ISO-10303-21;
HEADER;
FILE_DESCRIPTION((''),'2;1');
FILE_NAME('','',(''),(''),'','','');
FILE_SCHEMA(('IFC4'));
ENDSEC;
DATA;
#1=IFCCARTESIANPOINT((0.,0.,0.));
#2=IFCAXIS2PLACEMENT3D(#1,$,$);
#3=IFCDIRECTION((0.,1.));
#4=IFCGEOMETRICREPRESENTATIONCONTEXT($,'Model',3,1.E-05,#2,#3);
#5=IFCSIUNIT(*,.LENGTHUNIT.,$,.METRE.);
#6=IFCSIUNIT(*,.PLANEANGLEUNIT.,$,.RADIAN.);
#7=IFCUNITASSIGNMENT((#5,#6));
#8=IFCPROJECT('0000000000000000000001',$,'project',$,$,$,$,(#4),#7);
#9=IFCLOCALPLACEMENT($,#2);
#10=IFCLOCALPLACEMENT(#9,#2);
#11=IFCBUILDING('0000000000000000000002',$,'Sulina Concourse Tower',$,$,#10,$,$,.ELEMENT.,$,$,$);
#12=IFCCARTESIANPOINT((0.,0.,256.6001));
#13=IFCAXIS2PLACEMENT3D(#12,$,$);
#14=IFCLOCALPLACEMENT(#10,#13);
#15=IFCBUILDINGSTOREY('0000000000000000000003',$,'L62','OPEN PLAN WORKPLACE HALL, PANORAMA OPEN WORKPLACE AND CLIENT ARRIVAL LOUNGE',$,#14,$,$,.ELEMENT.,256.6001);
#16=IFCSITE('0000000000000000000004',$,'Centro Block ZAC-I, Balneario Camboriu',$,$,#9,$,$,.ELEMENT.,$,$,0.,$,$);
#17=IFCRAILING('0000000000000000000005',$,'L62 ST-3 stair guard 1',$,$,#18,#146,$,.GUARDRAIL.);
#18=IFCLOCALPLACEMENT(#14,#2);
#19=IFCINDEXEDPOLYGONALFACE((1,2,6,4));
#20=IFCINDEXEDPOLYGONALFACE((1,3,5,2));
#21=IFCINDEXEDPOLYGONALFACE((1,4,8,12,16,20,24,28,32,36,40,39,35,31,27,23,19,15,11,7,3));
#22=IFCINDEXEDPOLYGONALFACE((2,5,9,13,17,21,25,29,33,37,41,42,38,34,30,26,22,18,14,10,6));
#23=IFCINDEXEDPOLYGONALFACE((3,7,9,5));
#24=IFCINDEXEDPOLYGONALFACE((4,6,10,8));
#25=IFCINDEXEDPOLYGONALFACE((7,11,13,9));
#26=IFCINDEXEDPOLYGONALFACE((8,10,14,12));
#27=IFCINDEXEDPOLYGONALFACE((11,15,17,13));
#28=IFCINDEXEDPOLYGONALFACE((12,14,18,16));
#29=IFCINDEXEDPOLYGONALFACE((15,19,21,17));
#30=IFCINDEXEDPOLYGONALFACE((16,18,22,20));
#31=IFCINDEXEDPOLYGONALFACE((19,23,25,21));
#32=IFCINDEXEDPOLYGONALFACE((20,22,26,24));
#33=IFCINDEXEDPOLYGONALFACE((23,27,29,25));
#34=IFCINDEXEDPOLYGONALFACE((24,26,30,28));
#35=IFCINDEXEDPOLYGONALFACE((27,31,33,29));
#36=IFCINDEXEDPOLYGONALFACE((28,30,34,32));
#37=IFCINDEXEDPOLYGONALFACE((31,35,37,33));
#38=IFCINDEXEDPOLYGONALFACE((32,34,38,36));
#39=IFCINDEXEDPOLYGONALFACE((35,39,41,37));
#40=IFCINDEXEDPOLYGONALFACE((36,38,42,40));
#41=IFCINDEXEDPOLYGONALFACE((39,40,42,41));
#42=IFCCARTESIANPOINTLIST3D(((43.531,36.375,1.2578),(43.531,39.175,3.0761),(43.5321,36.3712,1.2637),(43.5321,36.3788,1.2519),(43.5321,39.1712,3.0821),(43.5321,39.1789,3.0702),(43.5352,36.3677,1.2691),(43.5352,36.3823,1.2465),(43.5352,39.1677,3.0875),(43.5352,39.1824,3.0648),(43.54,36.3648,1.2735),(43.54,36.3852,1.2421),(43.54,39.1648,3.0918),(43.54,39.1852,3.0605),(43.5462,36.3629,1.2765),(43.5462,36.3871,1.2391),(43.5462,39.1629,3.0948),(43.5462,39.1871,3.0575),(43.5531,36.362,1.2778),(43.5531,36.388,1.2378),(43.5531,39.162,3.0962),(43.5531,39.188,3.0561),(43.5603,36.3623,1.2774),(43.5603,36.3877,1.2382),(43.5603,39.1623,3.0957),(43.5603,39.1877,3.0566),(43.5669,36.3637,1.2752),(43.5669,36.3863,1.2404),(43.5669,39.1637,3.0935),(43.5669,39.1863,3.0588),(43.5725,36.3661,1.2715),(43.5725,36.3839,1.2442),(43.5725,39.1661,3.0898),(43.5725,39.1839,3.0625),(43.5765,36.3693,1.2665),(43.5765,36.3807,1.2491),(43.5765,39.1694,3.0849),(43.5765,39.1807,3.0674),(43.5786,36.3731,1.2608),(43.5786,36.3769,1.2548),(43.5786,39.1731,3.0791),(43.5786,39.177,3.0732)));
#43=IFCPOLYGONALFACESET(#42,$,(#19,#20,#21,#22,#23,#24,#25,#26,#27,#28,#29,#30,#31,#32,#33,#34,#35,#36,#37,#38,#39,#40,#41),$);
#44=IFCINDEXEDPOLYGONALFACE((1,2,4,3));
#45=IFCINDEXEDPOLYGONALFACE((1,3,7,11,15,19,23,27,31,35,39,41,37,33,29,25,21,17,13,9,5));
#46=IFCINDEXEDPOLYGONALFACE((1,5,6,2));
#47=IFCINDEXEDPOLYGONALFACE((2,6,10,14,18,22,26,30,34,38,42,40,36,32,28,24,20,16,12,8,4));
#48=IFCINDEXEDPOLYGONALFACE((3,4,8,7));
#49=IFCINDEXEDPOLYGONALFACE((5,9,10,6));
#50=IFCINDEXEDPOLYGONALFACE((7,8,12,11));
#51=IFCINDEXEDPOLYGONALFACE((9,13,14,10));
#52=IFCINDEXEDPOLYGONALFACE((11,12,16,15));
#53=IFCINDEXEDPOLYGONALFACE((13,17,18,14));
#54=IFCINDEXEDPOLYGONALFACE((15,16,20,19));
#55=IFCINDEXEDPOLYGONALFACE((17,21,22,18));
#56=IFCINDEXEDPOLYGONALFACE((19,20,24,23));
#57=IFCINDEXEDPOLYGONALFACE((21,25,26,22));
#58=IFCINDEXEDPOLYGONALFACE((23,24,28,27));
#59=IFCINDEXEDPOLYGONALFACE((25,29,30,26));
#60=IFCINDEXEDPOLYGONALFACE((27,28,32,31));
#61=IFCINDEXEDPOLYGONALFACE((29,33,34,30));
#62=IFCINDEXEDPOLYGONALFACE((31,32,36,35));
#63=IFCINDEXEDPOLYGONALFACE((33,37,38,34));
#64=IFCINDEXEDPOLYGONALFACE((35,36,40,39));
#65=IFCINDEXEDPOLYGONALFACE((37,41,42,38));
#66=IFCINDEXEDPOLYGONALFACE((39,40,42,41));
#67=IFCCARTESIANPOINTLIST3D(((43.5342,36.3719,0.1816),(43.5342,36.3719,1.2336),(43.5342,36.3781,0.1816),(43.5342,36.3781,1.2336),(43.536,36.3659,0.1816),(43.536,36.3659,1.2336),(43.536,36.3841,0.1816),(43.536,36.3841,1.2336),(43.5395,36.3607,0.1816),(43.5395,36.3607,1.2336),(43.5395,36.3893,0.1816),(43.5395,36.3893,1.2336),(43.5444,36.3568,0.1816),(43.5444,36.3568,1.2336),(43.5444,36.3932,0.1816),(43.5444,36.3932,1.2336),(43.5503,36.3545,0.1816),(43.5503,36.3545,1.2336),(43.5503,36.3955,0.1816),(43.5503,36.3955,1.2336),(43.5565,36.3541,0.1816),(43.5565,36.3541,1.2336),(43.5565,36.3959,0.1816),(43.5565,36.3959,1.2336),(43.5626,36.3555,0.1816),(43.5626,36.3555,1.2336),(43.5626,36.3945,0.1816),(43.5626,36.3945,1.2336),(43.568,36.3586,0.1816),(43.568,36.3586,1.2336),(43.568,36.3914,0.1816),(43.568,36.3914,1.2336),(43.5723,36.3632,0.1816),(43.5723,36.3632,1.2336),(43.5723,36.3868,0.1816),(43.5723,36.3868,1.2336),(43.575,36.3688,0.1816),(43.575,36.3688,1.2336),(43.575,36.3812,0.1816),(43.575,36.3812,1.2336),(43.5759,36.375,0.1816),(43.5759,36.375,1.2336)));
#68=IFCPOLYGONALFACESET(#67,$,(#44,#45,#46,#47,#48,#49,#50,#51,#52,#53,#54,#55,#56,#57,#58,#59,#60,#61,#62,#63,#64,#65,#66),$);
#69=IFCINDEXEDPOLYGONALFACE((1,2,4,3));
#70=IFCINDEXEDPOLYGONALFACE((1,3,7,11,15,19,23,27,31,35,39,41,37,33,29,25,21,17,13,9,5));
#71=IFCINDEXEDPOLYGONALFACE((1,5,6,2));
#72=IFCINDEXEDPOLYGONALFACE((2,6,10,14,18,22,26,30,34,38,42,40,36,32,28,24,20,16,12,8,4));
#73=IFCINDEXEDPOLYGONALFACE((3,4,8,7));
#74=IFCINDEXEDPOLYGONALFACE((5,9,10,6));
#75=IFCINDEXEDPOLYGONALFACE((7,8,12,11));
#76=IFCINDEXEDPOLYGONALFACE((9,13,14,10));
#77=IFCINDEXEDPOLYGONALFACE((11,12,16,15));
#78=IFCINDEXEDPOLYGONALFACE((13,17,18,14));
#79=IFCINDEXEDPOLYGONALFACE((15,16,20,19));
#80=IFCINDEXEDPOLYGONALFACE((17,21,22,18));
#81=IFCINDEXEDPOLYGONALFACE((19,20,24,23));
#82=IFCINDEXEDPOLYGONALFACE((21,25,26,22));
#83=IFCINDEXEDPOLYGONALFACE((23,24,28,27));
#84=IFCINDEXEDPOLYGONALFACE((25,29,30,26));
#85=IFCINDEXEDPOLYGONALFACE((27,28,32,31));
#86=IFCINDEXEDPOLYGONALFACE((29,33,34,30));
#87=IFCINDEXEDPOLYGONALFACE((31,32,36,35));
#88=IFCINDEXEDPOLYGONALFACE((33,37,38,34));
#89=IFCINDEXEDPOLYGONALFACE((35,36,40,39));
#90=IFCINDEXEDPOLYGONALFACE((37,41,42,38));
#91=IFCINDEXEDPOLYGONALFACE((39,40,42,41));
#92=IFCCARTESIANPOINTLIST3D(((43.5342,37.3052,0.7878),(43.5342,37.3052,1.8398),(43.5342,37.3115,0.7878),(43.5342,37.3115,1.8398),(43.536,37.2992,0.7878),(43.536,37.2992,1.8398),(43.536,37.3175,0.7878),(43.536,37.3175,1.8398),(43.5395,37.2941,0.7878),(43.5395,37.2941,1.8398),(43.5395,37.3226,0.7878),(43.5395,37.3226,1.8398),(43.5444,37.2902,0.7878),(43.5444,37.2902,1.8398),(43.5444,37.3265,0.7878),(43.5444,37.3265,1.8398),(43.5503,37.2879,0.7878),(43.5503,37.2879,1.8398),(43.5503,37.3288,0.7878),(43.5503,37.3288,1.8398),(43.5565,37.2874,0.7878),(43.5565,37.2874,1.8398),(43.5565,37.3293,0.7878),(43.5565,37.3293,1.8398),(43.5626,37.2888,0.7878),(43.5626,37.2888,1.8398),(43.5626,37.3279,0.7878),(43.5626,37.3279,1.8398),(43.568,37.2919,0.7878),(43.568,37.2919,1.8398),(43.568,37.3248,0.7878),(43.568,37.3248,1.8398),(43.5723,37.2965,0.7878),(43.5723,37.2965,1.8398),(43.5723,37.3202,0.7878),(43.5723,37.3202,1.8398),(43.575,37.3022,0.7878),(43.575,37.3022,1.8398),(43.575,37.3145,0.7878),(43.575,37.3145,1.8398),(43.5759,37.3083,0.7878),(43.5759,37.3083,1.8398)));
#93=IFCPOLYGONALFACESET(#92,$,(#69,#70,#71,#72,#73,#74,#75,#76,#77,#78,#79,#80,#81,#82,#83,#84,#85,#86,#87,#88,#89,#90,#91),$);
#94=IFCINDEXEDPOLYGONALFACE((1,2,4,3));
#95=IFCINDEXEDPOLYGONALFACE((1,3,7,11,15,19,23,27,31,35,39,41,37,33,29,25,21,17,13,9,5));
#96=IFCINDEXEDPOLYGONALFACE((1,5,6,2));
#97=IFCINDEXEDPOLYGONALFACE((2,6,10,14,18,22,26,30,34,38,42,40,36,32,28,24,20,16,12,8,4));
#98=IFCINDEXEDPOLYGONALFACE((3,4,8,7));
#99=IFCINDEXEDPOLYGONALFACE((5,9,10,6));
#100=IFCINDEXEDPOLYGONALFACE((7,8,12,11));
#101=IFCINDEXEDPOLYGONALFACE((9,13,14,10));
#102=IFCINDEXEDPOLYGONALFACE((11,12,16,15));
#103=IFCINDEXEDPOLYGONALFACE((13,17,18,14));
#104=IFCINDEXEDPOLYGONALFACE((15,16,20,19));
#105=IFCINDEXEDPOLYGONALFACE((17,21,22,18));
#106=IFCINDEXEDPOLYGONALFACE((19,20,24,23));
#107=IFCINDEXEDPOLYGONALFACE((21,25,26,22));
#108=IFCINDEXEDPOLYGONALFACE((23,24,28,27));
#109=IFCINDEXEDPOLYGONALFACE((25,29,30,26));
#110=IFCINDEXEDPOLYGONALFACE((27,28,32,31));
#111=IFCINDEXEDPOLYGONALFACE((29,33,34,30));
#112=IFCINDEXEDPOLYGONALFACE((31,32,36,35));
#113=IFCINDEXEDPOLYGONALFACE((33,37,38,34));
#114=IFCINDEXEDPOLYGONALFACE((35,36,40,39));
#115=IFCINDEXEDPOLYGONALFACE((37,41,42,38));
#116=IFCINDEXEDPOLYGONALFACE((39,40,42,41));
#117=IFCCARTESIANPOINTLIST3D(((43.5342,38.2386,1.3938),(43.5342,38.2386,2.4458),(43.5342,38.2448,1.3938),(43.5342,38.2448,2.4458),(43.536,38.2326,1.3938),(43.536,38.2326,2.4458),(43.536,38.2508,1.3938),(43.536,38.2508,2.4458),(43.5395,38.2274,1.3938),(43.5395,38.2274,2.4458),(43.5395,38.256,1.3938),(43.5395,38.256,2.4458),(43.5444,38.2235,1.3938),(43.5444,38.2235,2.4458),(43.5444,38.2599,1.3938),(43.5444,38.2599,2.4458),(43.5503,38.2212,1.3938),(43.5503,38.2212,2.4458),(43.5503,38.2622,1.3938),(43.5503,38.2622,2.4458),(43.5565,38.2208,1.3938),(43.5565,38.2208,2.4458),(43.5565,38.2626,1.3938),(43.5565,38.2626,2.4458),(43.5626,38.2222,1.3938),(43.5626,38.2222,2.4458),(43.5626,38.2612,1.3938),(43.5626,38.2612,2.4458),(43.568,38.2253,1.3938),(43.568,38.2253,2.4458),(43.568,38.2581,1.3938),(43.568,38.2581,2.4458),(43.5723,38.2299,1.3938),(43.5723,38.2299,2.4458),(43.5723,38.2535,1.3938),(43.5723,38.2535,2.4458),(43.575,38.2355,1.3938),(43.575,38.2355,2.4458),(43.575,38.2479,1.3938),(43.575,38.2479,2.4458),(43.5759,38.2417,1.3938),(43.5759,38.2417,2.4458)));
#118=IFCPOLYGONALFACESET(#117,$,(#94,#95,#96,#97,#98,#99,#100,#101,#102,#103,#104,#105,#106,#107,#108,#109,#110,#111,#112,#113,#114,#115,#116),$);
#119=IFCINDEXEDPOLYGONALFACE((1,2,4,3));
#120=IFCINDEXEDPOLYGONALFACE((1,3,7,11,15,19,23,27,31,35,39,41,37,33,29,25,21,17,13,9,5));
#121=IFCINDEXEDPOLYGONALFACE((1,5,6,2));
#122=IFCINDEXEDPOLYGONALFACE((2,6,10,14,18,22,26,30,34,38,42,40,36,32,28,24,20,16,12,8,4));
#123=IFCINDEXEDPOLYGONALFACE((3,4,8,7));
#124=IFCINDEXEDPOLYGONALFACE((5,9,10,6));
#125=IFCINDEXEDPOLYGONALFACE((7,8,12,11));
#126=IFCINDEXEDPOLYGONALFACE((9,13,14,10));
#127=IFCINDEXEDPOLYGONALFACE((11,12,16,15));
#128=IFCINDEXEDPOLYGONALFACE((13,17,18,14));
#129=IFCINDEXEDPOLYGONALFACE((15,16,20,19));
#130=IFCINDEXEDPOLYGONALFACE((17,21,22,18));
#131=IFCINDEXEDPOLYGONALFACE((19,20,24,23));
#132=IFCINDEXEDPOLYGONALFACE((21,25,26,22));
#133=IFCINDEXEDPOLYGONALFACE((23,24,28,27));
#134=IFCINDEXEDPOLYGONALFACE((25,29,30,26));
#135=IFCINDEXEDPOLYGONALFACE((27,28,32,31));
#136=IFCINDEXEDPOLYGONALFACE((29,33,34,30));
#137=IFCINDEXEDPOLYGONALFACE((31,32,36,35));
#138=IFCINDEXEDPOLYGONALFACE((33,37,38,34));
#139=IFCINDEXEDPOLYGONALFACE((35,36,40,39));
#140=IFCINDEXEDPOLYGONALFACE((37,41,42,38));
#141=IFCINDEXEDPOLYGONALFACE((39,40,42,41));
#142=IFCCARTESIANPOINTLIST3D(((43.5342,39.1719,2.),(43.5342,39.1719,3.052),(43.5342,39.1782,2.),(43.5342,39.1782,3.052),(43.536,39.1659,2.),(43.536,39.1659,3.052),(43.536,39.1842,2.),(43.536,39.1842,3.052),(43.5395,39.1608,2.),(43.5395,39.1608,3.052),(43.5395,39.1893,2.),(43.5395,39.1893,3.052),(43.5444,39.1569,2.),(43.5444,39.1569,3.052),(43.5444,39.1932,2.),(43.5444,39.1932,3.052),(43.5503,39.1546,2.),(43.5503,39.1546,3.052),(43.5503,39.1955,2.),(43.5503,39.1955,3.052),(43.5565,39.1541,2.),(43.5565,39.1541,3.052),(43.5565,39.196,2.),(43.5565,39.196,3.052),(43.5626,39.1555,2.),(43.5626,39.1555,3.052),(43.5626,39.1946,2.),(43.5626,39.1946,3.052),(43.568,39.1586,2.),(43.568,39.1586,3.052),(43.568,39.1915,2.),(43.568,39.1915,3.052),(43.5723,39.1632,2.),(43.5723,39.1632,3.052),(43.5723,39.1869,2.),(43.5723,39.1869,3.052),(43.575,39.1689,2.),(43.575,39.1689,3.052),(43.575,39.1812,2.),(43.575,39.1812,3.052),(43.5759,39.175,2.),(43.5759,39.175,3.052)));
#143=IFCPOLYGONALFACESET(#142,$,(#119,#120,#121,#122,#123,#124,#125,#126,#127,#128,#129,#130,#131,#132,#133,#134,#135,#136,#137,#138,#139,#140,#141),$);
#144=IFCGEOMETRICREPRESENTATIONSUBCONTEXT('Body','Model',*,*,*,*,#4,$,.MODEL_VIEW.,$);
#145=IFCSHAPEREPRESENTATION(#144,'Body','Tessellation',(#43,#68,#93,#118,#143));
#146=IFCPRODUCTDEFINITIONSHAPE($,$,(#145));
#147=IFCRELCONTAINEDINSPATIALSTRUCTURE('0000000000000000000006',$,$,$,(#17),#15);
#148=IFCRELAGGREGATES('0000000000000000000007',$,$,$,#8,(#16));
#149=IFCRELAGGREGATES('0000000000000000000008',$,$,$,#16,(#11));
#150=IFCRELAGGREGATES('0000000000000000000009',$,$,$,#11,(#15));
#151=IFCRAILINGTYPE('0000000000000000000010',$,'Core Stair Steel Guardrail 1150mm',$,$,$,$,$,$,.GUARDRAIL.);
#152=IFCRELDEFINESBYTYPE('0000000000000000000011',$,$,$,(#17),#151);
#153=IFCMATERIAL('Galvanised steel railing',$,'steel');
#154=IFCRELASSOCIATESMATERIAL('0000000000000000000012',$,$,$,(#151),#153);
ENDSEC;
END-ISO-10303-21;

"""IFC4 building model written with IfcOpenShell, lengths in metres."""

from ifc_helpers import new_model, si_unit, direction, frame, origin, origin_2d, place, context, subcontext, project, spatial, circle, extrude, material, type_object, element, save


model = new_model("IFC4")

# Units and contexts
model_context = context("Model", 3, precision=1e-05, world=origin(), true_north=direction((0.0, 1.0)))
body_context = subcontext(model_context, "Body", "Model", "MODEL_VIEW")
ifc_project = project(units=[si_unit("LENGTHUNIT", "METRE"), si_unit("PLANEANGLEUNIT", "RADIAN")], contexts=[model_context])

# Site, building, storey
site_placement = place(None, origin())
site = spatial("IfcSite", under=ifc_project, at=site_placement, Name="Centro Block ZAC-I, Balneario Camboriu", CompositionType="ELEMENT", RefElevation=0.0)
building_placement = place(site_placement, origin())
building = spatial("IfcBuilding", under=site, at=building_placement, Name="Sulina Concourse Tower", CompositionType="ELEMENT")
storey_placement = place(building_placement, frame((0.0, 0.0, 256.6001)))
storey = spatial("IfcBuildingStorey", under=building, at=storey_placement, Name="L62", Description="OPEN PLAN WORKPLACE HALL, PANORAMA OPEN WORKPLACE AND CLIENT ARRIVAL LOUNGE", CompositionType="ELEMENT", Elevation=256.6001)

# Railing
ifc_material_1 = material(Name="Galvanised steel railing", Category="steel")
railing_type_1 = type_object("IfcRailingType", Name="Core Stair Steel Guardrail 1150mm", PredefinedType="GUARDRAIL", material=ifc_material_1)
railing_1_placement = place(storey_placement, frame((43.5549, 36.375, 0.1816)))
element("IfcRailing", 1, at=railing_1_placement, inside=storey, type_object=railing_type_1, Name="L62 ST-3 stair guard 1", PredefinedType="GUARDRAIL", context=body_context, shape_type="SweptSolid", body=[
    extrude(circle(Radius=0.0239, at=origin_2d()), frame((0.0, 0.0, 1.0762), z_axis=(0.0, 0.838672, 0.544636), x_axis=(-1.0, 0.0, 0.0)), (0.0, 0.0, 1.0), 3.3386),
    extrude(circle(Radius=0.021, at=origin_2d()), origin(), (0.0, 0.0, 1.0), 1.052),
    extrude(circle(Radius=0.021, at=origin_2d()), frame((0.0, 0.9333, 0.6062)), (0.0, 0.0, 1.0), 1.052),
    extrude(circle(Radius=0.021, at=origin_2d()), frame((0.0, 1.8667, 1.2122)), (0.0, 0.0, 1.0), 1.052),
    extrude(circle(Radius=0.021, at=origin_2d()), frame((0.0, 2.8, 1.8184)), (0.0, 0.0, 1.0), 1.052),
])

save(model, "model.ifc")
